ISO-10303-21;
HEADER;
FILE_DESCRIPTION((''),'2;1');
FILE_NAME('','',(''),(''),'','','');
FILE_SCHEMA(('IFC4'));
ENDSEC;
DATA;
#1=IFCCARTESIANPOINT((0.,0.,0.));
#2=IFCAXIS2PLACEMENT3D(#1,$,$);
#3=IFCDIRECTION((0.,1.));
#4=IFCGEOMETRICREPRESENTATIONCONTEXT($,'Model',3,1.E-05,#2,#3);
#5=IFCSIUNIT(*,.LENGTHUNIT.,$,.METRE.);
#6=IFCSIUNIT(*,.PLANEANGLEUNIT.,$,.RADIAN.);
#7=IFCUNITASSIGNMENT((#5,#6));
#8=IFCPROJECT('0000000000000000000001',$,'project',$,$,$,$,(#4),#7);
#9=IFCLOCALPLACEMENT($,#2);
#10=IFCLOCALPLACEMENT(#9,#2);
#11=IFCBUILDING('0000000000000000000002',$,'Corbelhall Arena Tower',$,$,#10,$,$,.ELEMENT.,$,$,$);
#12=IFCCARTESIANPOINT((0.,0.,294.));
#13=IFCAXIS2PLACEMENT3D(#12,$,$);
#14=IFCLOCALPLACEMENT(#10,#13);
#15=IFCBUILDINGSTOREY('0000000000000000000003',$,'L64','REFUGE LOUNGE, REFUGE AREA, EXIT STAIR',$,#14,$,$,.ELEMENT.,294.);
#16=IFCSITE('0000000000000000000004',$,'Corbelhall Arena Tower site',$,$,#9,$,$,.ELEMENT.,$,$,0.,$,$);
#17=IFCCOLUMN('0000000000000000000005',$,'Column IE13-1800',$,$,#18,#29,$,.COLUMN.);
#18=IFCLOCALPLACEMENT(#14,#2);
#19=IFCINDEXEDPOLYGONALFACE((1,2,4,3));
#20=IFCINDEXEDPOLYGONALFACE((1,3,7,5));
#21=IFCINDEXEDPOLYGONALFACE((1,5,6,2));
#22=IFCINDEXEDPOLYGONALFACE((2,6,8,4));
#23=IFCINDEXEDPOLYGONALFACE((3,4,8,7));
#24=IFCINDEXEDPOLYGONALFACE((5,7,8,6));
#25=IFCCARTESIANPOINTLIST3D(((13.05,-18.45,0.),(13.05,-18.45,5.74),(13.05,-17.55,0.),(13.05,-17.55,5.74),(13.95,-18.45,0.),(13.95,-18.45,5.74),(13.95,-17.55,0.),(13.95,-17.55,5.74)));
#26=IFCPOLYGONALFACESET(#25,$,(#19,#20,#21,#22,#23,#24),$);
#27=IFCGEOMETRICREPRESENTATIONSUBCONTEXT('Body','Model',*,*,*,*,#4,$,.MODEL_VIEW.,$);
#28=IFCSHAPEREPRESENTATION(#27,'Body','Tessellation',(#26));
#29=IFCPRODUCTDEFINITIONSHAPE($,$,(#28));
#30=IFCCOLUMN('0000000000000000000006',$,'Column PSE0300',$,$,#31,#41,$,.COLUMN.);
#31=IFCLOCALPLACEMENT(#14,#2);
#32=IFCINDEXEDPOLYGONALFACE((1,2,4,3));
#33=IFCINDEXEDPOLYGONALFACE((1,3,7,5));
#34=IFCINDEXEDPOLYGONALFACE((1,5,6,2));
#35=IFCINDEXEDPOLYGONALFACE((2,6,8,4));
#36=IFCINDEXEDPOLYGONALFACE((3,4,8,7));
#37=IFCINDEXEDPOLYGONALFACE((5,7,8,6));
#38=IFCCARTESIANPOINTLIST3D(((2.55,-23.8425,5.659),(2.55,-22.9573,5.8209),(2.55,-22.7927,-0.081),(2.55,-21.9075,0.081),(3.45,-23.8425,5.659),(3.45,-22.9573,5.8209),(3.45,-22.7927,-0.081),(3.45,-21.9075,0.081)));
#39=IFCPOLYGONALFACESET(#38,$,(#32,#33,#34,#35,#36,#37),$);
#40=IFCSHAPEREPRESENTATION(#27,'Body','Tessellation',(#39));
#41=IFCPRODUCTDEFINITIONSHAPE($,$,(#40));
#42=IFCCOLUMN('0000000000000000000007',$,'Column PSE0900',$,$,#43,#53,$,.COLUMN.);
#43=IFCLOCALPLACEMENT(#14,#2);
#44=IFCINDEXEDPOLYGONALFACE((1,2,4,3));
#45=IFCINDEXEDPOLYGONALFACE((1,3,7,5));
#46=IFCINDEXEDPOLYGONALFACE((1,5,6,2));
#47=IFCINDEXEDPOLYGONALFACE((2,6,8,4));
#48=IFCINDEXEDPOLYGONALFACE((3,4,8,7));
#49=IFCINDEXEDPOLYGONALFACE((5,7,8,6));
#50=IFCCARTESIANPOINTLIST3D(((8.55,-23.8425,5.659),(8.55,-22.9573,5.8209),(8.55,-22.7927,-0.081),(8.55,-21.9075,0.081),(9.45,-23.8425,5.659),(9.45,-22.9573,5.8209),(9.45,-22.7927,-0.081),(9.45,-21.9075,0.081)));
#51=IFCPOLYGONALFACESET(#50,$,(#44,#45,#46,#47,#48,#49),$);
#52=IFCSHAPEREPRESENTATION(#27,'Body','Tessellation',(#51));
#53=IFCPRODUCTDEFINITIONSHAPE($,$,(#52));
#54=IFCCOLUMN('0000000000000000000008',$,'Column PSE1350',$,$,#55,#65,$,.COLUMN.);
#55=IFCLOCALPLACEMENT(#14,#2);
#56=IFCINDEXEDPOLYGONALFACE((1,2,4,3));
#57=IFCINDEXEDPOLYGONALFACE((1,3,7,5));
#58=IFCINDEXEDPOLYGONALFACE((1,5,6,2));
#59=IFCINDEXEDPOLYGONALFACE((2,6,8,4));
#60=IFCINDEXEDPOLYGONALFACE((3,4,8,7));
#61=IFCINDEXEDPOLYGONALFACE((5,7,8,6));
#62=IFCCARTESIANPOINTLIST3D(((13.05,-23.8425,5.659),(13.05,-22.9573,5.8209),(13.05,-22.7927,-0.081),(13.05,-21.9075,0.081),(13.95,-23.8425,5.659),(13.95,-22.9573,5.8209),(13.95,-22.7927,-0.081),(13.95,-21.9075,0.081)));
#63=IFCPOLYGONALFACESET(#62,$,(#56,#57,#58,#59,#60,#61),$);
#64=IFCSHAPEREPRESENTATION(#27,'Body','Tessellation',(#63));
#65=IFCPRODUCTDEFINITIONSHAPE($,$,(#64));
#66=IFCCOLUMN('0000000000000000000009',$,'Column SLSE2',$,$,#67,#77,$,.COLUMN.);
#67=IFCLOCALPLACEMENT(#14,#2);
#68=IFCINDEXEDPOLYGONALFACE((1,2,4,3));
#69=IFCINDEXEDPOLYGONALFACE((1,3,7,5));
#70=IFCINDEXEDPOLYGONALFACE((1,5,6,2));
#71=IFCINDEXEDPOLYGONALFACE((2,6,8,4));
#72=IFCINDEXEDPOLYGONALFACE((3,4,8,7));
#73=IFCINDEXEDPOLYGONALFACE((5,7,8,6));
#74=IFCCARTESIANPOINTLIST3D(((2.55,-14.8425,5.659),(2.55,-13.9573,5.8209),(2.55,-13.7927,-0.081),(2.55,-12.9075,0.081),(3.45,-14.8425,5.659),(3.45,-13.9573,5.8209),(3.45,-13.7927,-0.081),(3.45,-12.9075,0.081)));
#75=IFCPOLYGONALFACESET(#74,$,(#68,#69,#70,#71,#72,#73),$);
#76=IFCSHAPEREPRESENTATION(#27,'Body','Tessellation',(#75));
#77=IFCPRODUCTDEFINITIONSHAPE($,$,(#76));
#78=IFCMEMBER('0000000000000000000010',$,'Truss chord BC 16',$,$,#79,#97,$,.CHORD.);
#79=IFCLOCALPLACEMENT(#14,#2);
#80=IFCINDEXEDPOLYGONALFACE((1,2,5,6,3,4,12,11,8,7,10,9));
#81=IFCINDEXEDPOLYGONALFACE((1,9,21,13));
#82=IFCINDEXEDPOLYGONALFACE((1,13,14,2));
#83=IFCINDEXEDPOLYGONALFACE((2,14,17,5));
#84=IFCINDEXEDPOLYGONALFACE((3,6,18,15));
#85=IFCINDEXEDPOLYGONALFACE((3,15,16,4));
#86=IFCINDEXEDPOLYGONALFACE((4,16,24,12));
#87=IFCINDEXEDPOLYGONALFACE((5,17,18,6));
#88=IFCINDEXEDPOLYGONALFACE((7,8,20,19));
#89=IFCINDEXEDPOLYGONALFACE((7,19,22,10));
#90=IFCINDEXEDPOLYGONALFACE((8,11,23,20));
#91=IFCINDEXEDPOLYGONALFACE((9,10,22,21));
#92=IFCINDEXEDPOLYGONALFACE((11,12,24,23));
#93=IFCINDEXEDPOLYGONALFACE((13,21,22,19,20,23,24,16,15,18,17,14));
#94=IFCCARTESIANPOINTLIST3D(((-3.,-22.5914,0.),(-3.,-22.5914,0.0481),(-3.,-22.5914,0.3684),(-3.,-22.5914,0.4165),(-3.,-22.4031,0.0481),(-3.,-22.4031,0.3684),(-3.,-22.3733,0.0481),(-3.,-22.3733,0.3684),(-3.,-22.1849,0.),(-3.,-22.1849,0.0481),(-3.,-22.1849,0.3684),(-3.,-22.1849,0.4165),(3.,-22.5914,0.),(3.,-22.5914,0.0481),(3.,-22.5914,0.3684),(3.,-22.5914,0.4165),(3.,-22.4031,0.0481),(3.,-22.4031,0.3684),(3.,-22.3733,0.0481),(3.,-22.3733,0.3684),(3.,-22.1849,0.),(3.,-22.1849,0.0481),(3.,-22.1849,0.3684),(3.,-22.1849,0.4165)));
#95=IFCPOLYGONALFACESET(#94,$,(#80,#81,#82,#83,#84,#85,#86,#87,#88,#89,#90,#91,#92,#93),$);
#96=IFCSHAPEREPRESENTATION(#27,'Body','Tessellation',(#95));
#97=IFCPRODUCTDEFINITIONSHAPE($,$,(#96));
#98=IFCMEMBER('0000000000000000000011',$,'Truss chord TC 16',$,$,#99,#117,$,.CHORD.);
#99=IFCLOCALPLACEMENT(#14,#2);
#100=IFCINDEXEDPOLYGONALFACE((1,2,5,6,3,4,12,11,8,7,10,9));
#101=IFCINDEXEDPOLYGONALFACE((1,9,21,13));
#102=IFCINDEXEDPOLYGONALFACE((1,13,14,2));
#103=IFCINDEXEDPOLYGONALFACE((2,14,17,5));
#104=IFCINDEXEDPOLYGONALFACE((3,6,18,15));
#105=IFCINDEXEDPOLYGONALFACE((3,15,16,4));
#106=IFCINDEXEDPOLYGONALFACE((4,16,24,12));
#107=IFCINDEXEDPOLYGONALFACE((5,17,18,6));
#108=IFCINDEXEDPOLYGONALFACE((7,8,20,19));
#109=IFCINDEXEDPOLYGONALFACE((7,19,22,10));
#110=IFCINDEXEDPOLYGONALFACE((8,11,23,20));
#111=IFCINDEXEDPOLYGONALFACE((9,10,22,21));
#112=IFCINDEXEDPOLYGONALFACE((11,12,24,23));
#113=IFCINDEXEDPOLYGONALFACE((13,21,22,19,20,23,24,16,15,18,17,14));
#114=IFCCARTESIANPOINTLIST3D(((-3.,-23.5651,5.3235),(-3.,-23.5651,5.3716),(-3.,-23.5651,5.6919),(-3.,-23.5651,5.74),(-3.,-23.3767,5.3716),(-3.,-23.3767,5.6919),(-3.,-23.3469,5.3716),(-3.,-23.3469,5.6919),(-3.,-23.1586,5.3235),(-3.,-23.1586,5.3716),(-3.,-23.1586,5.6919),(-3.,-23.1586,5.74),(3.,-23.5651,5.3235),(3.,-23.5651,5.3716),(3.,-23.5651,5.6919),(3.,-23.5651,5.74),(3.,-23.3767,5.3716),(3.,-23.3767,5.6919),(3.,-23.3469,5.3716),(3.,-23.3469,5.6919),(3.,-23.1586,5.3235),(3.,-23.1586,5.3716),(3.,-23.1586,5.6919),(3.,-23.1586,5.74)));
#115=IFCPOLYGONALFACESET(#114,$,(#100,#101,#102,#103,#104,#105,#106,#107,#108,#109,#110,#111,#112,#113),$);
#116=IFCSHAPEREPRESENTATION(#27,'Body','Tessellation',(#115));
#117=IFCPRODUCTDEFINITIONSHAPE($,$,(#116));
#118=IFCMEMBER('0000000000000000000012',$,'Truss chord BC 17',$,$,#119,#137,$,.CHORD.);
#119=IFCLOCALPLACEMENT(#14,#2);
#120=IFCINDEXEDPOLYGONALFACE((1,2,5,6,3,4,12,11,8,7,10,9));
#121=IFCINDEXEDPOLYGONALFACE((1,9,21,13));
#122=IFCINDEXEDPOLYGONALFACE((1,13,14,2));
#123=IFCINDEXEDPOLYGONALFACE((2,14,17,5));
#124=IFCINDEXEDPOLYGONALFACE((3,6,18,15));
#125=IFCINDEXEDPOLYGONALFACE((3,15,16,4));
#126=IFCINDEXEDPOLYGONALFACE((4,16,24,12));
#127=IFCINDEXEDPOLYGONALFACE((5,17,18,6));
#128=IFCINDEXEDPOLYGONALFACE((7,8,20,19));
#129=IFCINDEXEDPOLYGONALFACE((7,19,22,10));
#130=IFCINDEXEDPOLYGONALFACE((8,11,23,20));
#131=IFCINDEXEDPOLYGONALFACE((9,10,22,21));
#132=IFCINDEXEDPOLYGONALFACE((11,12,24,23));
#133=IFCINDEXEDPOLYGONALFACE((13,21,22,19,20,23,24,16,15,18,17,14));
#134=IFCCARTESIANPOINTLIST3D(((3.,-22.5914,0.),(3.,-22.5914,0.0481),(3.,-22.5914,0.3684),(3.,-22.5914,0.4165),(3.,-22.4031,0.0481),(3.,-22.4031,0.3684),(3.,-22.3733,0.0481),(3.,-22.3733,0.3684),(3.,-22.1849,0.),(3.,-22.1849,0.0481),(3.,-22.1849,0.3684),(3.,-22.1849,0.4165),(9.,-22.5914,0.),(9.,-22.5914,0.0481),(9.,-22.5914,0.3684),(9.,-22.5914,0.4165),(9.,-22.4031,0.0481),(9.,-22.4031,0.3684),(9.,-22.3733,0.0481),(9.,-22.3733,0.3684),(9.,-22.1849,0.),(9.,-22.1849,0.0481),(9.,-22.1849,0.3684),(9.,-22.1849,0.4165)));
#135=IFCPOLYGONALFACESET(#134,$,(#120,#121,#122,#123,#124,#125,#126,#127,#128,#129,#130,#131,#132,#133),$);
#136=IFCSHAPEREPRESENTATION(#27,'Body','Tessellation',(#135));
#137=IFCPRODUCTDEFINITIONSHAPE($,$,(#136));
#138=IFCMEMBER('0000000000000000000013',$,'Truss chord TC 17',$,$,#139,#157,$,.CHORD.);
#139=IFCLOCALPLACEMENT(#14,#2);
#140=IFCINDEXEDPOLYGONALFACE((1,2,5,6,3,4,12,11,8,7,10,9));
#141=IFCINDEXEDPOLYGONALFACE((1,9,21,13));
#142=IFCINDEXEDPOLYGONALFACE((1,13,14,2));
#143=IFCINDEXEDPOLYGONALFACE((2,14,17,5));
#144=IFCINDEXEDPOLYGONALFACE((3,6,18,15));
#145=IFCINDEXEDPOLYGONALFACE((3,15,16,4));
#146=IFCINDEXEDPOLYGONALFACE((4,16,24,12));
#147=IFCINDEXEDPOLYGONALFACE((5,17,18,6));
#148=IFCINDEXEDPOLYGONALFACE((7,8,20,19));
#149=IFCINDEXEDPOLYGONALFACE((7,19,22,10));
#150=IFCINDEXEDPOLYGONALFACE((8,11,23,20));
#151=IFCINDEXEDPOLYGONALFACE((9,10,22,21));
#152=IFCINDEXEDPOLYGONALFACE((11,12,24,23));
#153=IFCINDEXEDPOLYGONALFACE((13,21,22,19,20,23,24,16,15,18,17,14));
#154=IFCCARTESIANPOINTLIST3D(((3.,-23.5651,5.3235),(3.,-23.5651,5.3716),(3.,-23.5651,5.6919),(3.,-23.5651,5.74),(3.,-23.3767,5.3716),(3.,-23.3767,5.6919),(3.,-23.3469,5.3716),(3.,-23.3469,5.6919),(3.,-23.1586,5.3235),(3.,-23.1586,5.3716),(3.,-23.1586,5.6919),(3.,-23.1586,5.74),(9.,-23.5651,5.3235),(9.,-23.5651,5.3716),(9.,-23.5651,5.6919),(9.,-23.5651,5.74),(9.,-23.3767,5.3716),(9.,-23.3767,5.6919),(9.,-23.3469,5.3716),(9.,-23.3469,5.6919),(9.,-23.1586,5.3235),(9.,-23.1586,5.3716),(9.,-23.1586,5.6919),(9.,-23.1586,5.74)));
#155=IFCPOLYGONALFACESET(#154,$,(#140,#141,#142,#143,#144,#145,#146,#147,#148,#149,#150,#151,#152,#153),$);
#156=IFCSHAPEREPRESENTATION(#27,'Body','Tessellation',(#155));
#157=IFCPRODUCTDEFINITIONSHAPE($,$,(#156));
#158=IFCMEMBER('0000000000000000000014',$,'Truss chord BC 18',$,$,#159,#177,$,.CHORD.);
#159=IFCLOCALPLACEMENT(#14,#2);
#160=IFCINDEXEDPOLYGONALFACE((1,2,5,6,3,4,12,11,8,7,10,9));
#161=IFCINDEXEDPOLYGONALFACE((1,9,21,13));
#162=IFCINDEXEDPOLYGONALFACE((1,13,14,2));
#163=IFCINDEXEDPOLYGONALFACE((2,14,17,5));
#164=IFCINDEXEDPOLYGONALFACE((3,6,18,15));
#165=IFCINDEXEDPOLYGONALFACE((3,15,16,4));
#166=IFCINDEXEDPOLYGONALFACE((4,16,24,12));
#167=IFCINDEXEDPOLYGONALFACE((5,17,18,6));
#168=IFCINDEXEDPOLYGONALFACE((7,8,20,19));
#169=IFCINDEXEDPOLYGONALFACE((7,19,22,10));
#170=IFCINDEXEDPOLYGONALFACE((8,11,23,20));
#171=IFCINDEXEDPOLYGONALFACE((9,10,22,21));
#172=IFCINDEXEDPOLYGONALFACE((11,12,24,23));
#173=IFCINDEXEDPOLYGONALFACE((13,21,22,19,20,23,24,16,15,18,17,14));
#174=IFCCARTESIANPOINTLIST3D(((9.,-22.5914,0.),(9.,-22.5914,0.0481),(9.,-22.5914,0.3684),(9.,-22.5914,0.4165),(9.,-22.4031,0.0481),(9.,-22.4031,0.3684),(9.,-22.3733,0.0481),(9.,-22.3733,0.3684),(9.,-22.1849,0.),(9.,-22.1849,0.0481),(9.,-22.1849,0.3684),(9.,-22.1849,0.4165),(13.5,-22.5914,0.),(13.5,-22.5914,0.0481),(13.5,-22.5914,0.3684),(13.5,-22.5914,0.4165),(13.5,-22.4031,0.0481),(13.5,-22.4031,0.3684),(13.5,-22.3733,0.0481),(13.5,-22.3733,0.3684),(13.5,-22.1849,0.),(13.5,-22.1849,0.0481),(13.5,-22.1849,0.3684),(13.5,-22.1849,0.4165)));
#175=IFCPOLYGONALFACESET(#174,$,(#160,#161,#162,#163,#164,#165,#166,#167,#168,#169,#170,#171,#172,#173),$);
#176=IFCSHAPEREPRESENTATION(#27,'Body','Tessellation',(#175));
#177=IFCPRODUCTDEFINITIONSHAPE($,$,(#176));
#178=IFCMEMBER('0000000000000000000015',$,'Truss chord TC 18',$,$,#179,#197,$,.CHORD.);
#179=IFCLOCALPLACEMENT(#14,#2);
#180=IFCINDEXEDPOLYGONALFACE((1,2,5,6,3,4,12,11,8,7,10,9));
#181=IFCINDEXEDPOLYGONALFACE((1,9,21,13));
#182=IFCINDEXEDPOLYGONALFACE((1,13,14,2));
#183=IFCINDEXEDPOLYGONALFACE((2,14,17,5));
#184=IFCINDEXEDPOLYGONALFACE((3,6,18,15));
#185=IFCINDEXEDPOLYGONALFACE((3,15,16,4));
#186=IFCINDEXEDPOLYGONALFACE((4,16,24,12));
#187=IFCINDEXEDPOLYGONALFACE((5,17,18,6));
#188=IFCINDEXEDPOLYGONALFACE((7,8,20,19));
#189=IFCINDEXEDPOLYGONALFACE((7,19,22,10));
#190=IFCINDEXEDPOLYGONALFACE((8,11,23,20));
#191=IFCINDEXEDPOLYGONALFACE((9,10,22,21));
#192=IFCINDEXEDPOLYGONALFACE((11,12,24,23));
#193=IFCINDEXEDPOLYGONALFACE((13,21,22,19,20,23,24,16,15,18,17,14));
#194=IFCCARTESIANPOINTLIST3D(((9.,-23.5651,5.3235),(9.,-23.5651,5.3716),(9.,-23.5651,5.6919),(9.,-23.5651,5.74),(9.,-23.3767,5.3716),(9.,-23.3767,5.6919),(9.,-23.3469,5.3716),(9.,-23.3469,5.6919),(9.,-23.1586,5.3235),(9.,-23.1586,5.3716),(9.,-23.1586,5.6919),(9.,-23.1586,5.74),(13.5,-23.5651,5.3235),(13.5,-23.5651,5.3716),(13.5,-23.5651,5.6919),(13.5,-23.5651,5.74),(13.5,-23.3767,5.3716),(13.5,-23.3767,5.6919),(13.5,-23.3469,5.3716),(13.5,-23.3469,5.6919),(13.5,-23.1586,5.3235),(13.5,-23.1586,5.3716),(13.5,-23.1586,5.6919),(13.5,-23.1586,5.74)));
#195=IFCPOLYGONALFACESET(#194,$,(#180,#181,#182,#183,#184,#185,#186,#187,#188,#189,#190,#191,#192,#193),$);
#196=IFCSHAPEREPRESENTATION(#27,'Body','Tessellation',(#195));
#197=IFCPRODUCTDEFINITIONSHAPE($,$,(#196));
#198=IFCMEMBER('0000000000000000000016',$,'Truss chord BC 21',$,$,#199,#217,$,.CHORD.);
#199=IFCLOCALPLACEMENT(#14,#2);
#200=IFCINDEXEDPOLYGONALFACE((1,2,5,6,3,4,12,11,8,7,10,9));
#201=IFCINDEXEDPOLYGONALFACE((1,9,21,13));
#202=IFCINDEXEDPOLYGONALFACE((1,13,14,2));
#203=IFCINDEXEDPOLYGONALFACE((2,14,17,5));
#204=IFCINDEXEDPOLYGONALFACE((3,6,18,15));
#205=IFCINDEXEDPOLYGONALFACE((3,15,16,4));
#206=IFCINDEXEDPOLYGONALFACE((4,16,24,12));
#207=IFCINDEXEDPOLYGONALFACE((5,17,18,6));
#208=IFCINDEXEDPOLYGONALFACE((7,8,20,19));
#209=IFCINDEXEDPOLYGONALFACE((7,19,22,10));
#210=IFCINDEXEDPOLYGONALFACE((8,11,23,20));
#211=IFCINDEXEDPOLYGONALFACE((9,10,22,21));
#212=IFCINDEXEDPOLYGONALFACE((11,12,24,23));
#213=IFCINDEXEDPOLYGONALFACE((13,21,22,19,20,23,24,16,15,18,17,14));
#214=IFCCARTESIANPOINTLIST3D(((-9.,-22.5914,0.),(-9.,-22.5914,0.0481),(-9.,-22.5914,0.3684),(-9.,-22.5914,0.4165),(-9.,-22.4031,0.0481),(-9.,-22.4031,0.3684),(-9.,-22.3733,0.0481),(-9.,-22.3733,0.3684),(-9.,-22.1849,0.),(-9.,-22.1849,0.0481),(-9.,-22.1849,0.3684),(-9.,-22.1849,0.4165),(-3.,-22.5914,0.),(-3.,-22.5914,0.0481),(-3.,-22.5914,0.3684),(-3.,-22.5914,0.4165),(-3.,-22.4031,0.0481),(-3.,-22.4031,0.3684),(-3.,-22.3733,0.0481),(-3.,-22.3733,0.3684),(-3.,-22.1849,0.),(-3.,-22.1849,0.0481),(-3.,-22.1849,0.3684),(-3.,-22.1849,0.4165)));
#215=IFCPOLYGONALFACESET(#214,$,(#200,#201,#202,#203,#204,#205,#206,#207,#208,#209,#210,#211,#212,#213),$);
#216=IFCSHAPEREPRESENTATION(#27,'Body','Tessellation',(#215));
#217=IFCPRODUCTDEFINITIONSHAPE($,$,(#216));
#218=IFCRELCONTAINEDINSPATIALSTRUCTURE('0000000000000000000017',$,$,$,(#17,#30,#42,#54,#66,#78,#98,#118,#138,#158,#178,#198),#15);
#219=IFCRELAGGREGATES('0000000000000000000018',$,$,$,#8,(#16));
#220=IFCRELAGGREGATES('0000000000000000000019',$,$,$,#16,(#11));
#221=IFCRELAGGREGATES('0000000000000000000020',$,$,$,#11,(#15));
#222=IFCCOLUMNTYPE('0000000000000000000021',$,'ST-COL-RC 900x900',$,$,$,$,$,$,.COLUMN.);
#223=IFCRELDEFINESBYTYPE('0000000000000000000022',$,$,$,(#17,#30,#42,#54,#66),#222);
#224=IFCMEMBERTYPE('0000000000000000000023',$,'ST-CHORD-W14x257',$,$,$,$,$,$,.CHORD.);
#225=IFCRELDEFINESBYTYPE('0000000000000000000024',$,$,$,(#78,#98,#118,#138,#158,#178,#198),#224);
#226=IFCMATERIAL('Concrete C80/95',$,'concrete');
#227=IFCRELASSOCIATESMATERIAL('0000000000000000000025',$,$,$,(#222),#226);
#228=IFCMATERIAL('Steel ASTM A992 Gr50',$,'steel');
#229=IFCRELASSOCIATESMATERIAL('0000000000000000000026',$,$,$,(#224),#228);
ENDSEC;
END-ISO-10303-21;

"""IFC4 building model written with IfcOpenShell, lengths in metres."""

from ifc_helpers import new_model, si_unit, direction, frame, origin, origin_2d, place, context, subcontext, project, spatial, rectangle, i_section, extrude, material, material_profile, profile_set, type_object, element, save


model = new_model("IFC4")

# Units and contexts
model_context = context("Model", 3, precision=1e-05, world=origin(), true_north=direction((0.0, 1.0)))
body_context = subcontext(model_context, "Body", "Model", "MODEL_VIEW")
ifc_project = project(units=[si_unit("LENGTHUNIT", "METRE"), si_unit("PLANEANGLEUNIT", "RADIAN")], contexts=[model_context])

# Site, building, storey
site_placement = place(None, origin())
site = spatial("IfcSite", under=ifc_project, at=site_placement, Name="Corbelhall Arena Tower site", CompositionType="ELEMENT", RefElevation=0.0)
building_placement = place(site_placement, origin())
building = spatial("IfcBuilding", under=site, at=building_placement, Name="Corbelhall Arena Tower", CompositionType="ELEMENT")
storey_placement = place(building_placement, frame((0.0, 0.0, 294.0)))
storey = spatial("IfcBuildingStorey", under=building, at=storey_placement, Name="L64", Description="REFUGE LOUNGE, REFUGE AREA, EXIT STAIR", CompositionType="ELEMENT", Elevation=294.0)

# Columns
ifc_material_1 = material(Name="Concrete C80/95", Category="concrete")
ifc_material_profile_1 = material_profile(ifc_material_1, rectangle(XDim=0.8999, YDim=0.8999, at=origin_2d()))
ifc_profile_set_1 = profile_set([ifc_material_profile_1], Name="Concrete C80/95")
column_type = type_object("IfcColumnType", Name="ST-COL-RC 900x900", PredefinedType="COLUMN", material=ifc_profile_set_1)
column_placement = place(storey_placement, frame((13.5, -18.0, 0.0), z_axis=(0.0, 0.0, 1.0), x_axis=(1.0, 0.0, 0.0)))
element("IfcColumn", 1, at=column_placement, inside=storey, type_object=column_type, Name="Column IE13-1800", PredefinedType="COLUMN", context=body_context, shape_type="SweptSolid", body=[
    extrude(rectangle(XDim=0.8999, YDim=0.8999, at=origin_2d()), origin(), (0.0, 0.0, 1.0), 5.74),
])
for number, where, z_axis, x_axis, name in (
    (2, (3.0, -22.3501, 0.0), (0.0, -0.179909, 0.983683), (1.0, 0.0, 0.0), "Column PSE0300"),
    (3, (9.0, -22.3501, 0.0), (0.0, -0.179909, 0.983683), (1.0, 0.0, 0.0), "Column PSE0900"),
    (4, (13.5, -22.3501, 0.0), (0.0, -0.179909, 0.983683), (1.0, 0.0, 0.0), "Column PSE1350"),
    (5, (3.0, -13.3501, 0.0), (0.0, -0.179909, 0.983683), (1.0, 0.0, 0.0), "Column SLSE2"),
):
    element("IfcColumn", number, at=place(storey_placement, frame(where, z_axis=z_axis, x_axis=x_axis)), inside=storey, type_object=column_type, Name=name, PredefinedType="COLUMN", context=body_context, shape_type="SweptSolid", body=[
        extrude(rectangle(XDim=0.8999, YDim=0.8999, at=origin_2d()), origin(), (0.0, 0.0, 1.0), 5.8352),
    ])

# Members
ifc_material_2 = material(Name="Steel ASTM A992 Gr50", Category="steel")
ifc_material_profile_2 = material_profile(ifc_material_2, i_section(OverallWidth=0.4065, OverallDepth=0.4165, WebThickness=0.0298, FlangeThickness=0.0481, at=origin_2d()))
ifc_profile_set_2 = profile_set([ifc_material_profile_2], Name="Steel ASTM A992 Gr50")
member_type_1 = type_object("IfcMemberType", Name="ST-CHORD-W14x257", PredefinedType="CHORD", material=ifc_profile_set_2)
for number, where, z_axis, x_axis, name in (
    (6, (3.0, -22.3882, 0.2083), (-1.0, 0.0, 0.0), (0.0, -1.0, 0.0), "Truss chord BC 16"),
    (7, (3.0, -23.3618, 5.5317), (-1.0, 0.0, 0.0), (0.0, -1.0, 0.0), "Truss chord TC 16"),
    (8, (9.0, -22.3882, 0.2083), (-1.0, 0.0, 0.0), (0.0, -1.0, 0.0), "Truss chord BC 17"),
    (9, (9.0, -23.3618, 5.5317), (-1.0, 0.0, 0.0), (0.0, -1.0, 0.0), "Truss chord TC 17"),
):
    element("IfcMember", number, at=place(storey_placement, frame(where, z_axis=z_axis, x_axis=x_axis)), inside=storey, type_object=member_type_1, Name=name, PredefinedType="CHORD", context=body_context, shape_type="SweptSolid", body=[
        extrude(i_section(OverallWidth=0.4065, OverallDepth=0.4165, WebThickness=0.0298, FlangeThickness=0.0481, at=origin_2d()), origin(), (0.0, 0.0, 1.0), 6.0),
    ])
for number, where, z_axis, x_axis, name in (
    (10, (13.5, -22.3882, 0.2083), (-1.0, 0.0, 0.0), (0.0, -1.0, 0.0), "Truss chord BC 18"),
    (11, (13.5, -23.3618, 5.5317), (-1.0, 0.0, 0.0), (0.0, -1.0, 0.0), "Truss chord TC 18"),
):
    element("IfcMember", number, at=place(storey_placement, frame(where, z_axis=z_axis, x_axis=x_axis)), inside=storey, type_object=member_type_1, Name=name, PredefinedType="CHORD", context=body_context, shape_type="SweptSolid", body=[
        extrude(i_section(OverallWidth=0.4065, OverallDepth=0.4165, WebThickness=0.0298, FlangeThickness=0.0481, at=origin_2d()), origin(), (0.0, 0.0, 1.0), 4.5),
    ])
for number, where, z_axis, x_axis, name in (
    (12, (-3.0, -22.3882, 0.2083), (-1.0, 0.0, 0.0), (0.0, -1.0, 0.0), "Truss chord BC 21"),
):
    element("IfcMember", number, at=place(storey_placement, frame(where, z_axis=z_axis, x_axis=x_axis)), inside=storey, type_object=member_type_1, Name=name, PredefinedType="CHORD", context=body_context, shape_type="SweptSolid", body=[
        extrude(i_section(OverallWidth=0.4065, OverallDepth=0.4165, WebThickness=0.0298, FlangeThickness=0.0481, at=origin_2d()), origin(), (0.0, 0.0, 1.0), 6.0),
    ])

save(model, "model.ifc")
